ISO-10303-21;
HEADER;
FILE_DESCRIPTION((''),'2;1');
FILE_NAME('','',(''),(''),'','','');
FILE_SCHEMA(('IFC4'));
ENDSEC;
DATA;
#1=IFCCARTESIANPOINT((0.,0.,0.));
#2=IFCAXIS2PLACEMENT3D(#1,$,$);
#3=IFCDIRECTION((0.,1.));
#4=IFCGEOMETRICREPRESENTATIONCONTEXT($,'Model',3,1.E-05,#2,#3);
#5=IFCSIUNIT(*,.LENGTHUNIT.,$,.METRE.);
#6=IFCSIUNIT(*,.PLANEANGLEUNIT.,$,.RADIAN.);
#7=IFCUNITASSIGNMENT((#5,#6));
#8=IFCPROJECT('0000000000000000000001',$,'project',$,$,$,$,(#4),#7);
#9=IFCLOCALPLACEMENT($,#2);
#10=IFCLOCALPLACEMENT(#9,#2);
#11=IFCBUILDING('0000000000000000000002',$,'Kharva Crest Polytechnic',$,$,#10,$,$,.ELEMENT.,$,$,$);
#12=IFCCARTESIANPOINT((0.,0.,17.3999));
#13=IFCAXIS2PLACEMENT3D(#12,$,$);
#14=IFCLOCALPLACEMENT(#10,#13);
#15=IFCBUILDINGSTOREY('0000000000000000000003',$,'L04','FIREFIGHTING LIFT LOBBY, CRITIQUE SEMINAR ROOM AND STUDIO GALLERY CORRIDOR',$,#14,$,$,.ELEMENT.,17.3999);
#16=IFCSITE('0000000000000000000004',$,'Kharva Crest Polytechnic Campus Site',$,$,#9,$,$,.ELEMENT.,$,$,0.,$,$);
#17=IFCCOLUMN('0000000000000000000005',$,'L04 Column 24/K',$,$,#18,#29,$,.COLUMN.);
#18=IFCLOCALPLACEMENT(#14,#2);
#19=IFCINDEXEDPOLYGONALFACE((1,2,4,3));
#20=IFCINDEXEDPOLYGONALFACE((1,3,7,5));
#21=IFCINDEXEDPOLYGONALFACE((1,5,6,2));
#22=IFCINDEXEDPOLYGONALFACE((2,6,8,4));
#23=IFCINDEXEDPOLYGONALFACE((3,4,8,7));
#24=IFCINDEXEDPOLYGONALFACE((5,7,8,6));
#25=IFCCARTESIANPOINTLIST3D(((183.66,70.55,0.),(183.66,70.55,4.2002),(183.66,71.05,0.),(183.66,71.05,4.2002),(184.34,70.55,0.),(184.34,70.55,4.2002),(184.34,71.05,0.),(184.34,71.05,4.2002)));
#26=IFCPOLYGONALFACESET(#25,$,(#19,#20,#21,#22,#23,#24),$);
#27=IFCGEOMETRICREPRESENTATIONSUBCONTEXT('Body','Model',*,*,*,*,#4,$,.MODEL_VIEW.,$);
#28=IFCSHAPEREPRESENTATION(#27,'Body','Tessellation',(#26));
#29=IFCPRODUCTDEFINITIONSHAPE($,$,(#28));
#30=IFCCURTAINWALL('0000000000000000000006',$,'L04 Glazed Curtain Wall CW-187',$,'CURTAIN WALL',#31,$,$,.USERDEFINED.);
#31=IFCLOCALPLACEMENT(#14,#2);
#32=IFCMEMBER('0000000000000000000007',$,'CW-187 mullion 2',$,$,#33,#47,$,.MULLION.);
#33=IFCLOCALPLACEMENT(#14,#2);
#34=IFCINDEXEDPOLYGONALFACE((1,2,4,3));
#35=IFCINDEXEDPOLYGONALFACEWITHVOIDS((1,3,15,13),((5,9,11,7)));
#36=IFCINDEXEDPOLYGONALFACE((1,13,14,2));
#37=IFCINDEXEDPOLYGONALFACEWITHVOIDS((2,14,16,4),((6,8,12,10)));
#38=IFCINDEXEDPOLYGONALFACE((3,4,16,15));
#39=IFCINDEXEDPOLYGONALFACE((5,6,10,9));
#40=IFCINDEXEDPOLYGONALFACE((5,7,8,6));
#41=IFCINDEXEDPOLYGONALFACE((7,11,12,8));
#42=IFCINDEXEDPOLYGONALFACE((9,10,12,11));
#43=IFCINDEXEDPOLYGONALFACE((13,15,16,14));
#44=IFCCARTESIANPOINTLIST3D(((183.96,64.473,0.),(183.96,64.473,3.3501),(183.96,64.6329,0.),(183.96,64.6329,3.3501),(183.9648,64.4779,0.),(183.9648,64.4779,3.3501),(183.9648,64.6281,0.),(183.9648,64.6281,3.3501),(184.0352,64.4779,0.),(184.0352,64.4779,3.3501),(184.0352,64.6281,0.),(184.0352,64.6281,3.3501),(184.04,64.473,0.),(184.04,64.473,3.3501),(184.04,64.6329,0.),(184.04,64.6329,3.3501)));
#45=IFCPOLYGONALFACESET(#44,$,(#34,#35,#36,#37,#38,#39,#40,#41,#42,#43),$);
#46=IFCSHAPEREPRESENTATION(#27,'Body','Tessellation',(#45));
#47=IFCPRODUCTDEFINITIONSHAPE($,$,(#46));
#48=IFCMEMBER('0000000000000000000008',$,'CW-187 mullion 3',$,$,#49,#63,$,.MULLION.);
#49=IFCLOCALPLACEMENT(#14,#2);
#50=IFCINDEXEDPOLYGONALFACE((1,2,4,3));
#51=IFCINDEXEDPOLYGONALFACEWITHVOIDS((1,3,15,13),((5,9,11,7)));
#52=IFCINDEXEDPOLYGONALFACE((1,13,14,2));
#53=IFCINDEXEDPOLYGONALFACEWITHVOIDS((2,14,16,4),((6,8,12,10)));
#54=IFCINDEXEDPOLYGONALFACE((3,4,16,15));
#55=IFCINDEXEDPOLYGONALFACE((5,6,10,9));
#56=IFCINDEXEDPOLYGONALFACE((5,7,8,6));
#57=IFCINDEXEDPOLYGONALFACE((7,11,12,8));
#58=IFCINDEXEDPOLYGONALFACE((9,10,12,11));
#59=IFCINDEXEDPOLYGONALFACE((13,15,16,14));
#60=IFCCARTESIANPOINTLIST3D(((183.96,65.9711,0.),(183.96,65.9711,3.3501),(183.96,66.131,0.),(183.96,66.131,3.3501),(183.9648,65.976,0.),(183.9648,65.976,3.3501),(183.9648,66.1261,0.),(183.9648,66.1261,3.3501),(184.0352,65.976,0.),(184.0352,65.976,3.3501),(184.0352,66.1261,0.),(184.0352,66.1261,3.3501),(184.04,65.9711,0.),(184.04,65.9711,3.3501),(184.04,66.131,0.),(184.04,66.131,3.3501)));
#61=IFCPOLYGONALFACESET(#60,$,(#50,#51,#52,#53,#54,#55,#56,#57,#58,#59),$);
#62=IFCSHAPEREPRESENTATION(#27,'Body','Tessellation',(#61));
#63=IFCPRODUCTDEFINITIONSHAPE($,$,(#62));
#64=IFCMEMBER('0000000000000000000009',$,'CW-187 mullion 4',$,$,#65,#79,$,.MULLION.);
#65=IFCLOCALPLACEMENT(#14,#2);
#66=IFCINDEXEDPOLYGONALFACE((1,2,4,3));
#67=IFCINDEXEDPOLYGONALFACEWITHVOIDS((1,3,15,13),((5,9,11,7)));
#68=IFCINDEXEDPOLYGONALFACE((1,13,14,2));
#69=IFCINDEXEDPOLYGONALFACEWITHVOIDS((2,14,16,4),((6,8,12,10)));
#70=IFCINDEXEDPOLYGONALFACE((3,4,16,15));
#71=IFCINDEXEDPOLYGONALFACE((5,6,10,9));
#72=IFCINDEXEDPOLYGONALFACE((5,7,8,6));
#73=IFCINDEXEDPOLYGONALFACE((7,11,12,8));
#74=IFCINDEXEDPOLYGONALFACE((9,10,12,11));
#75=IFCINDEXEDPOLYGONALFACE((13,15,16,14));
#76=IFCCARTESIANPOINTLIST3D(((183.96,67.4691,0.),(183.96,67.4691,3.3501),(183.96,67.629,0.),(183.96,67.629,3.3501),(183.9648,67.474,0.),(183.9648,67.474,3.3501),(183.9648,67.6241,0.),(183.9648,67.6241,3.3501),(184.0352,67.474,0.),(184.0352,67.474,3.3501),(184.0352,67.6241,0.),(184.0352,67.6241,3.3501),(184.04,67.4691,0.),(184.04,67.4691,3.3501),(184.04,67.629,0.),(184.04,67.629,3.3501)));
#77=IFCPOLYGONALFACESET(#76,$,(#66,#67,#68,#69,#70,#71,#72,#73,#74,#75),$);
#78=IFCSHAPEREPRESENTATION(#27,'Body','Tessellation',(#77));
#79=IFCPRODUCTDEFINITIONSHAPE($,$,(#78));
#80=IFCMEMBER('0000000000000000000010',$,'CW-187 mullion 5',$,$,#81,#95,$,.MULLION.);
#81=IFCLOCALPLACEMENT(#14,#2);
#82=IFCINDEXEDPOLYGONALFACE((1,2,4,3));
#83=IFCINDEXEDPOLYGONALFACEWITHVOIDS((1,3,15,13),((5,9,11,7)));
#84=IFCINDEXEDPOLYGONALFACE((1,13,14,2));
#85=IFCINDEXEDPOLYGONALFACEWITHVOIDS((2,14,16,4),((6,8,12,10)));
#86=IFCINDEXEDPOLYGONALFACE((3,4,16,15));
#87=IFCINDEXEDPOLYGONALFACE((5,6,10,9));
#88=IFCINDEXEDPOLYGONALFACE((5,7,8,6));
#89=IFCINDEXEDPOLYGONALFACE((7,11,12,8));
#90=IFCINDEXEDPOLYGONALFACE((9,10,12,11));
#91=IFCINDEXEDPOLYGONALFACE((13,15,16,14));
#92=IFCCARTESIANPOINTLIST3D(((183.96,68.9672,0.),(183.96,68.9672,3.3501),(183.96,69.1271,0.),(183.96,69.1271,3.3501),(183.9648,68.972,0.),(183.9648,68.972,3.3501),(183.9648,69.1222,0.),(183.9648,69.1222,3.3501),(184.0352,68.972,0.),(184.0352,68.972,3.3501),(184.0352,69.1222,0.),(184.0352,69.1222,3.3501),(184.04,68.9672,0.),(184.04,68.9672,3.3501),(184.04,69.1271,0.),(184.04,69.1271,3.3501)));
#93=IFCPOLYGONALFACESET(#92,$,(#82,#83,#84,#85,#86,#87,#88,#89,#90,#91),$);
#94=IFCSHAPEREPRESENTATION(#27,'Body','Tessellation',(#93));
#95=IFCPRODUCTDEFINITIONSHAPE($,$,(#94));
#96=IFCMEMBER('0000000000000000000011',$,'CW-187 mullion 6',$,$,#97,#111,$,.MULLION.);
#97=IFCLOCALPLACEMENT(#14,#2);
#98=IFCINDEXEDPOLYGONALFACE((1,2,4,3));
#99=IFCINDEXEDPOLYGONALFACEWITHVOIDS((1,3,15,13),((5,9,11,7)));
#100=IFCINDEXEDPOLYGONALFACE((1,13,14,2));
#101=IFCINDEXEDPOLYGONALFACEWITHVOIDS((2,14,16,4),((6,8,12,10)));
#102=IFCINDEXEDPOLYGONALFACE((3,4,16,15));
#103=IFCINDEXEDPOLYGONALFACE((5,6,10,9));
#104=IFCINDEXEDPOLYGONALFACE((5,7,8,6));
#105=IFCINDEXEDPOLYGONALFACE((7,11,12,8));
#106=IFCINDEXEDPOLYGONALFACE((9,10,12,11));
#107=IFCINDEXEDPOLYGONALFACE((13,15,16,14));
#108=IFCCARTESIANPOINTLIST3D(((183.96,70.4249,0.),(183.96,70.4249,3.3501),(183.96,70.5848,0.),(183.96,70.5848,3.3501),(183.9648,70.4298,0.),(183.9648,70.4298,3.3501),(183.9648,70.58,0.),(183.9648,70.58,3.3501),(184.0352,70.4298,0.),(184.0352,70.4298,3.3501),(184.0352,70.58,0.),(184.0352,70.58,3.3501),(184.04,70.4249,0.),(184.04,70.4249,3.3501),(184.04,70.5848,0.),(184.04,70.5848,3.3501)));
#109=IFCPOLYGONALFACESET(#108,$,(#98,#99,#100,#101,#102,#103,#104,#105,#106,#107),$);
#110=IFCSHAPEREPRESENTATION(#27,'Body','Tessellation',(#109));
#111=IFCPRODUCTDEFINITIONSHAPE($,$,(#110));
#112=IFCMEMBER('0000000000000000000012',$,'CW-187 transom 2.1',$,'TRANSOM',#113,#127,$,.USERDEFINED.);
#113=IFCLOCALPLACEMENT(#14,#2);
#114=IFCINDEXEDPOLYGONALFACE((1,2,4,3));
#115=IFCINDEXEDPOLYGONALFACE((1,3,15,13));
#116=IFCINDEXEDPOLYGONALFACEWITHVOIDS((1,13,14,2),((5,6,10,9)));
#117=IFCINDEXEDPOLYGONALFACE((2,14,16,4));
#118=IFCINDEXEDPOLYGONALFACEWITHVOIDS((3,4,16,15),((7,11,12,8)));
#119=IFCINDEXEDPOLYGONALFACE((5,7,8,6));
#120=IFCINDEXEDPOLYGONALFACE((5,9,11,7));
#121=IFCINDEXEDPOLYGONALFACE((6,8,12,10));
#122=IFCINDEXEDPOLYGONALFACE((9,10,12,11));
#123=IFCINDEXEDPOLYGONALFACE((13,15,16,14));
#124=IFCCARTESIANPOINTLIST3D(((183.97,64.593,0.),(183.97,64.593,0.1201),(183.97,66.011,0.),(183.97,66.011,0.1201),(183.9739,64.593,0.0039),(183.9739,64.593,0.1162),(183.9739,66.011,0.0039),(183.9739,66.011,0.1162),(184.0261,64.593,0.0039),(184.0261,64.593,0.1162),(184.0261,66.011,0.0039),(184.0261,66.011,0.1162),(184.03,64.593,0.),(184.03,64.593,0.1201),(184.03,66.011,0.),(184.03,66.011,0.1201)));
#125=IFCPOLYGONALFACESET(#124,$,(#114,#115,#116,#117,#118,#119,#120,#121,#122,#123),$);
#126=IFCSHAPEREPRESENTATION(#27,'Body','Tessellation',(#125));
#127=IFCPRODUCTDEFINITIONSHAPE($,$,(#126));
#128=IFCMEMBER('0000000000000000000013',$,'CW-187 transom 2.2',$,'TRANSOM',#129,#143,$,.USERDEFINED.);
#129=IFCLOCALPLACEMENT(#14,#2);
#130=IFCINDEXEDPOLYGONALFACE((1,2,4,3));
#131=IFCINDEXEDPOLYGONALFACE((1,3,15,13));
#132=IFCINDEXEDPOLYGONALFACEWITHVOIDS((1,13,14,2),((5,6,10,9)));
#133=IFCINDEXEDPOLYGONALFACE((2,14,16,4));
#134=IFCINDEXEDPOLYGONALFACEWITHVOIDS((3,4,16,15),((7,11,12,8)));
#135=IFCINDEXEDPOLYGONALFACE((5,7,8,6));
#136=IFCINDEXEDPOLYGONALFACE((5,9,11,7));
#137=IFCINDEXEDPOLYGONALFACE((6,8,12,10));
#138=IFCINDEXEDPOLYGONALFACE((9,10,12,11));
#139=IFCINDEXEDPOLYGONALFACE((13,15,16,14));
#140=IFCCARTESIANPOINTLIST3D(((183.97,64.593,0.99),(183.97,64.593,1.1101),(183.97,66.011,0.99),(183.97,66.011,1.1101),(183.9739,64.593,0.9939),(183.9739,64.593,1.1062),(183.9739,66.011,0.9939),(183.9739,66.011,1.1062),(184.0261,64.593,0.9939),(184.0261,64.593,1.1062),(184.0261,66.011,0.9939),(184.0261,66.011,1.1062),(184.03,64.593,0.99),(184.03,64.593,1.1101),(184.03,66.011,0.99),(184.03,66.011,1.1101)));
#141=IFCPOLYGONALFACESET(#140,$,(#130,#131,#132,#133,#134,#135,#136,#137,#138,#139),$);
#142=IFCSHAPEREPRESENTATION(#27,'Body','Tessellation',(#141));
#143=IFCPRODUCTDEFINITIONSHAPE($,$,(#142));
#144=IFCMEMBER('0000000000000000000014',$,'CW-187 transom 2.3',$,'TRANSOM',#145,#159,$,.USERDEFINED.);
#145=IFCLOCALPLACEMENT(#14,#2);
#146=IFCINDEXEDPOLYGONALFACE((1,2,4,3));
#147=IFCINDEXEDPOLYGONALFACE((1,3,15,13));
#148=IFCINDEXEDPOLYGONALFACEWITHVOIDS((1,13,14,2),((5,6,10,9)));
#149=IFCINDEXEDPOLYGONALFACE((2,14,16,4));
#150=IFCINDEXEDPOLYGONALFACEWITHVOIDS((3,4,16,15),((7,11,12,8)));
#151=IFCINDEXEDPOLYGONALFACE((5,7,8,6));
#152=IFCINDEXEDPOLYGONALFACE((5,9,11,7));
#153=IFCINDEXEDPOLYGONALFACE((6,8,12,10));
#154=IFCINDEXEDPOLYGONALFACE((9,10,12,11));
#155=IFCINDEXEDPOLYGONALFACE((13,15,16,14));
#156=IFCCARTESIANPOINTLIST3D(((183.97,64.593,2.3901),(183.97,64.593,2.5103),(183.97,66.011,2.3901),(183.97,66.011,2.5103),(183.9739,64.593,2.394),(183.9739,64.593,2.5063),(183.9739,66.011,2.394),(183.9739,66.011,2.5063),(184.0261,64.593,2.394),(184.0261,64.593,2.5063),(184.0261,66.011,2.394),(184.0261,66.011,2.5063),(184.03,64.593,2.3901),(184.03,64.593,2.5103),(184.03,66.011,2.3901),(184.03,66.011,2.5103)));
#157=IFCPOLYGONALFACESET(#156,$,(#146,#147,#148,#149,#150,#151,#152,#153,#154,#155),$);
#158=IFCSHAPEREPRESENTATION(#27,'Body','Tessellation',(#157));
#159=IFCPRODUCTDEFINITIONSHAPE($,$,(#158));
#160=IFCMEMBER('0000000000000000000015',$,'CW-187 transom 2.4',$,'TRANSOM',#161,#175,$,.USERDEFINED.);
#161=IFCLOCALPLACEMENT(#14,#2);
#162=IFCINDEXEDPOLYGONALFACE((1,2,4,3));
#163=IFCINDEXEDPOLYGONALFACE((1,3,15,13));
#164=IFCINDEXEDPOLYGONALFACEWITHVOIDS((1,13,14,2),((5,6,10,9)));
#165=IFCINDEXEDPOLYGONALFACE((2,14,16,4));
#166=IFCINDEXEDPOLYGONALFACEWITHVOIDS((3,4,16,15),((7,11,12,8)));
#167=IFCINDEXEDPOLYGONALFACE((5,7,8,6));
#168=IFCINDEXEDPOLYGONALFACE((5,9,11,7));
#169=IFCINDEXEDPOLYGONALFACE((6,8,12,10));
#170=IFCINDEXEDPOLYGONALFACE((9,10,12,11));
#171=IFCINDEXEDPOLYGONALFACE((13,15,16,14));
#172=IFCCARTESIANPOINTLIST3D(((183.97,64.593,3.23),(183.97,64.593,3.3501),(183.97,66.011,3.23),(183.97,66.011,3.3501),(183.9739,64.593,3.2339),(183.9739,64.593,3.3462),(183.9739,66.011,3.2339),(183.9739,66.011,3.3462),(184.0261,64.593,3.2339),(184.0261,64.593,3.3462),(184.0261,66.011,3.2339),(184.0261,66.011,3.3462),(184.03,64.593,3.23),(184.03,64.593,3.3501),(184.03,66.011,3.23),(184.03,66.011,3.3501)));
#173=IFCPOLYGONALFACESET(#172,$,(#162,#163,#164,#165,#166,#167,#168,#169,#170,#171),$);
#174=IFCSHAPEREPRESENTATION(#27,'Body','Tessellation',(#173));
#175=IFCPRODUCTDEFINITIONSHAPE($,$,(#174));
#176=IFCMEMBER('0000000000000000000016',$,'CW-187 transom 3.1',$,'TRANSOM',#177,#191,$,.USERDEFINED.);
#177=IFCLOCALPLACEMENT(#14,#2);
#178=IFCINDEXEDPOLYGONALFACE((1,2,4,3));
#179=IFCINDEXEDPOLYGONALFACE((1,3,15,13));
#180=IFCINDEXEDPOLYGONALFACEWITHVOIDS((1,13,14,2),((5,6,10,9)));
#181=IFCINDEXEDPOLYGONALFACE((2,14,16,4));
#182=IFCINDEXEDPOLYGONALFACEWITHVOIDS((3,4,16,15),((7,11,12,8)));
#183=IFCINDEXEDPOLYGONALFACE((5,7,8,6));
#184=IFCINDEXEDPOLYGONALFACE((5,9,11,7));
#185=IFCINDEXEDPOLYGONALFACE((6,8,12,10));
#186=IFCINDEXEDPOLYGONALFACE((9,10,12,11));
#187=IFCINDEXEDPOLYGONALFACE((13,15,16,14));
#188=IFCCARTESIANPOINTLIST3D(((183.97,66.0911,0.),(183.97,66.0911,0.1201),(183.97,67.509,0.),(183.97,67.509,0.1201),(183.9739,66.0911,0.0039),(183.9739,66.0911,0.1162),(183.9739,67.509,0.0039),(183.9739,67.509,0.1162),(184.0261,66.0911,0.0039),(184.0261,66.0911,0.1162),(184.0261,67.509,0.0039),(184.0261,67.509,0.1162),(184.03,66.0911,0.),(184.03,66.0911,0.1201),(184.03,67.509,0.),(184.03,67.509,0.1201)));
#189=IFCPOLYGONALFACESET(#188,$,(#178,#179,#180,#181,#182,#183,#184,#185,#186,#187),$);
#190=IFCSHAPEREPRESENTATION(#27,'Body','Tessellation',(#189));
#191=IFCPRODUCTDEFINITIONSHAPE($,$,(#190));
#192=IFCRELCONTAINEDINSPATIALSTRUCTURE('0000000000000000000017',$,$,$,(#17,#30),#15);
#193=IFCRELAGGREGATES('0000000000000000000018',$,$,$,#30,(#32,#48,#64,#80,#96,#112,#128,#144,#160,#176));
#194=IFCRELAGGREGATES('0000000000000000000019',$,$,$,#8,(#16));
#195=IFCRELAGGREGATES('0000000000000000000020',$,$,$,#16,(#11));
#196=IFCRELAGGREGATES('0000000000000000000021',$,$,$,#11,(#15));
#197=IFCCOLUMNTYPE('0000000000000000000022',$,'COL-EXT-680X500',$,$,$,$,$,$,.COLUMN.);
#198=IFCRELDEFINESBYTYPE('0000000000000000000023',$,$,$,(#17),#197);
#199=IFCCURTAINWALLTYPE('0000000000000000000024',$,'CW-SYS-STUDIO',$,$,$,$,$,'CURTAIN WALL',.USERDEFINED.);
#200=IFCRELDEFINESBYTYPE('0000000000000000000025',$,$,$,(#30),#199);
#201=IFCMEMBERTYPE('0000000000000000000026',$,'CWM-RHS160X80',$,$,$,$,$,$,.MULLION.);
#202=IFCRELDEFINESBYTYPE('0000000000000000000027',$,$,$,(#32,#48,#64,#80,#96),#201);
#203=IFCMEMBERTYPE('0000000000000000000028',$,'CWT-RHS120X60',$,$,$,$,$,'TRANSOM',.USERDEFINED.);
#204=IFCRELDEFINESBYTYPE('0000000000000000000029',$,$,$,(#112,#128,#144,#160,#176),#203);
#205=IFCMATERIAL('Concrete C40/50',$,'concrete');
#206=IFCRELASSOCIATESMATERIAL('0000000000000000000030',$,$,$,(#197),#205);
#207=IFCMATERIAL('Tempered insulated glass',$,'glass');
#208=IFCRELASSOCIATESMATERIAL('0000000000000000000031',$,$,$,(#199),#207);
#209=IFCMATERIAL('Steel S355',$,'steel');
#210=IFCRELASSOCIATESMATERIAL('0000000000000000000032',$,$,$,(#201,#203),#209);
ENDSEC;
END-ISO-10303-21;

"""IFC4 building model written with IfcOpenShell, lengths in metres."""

from ifc_helpers import new_model, si_unit, direction, frame, origin, origin_2d, place, context, subcontext, project, spatial, rectangle, hollow_rectangle, extrude, material, material_profile, profile_set, type_object, element, aggregate, save


model = new_model("IFC4")

# Units and contexts
model_context = context("Model", 3, precision=1e-05, world=origin(), true_north=direction((0.0, 1.0)))
body_context = subcontext(model_context, "Body", "Model", "MODEL_VIEW")
ifc_project = project(units=[si_unit("LENGTHUNIT", "METRE"), si_unit("PLANEANGLEUNIT", "RADIAN")], contexts=[model_context])

# Site, building, storey
site_placement = place(None, origin())
site = spatial("IfcSite", under=ifc_project, at=site_placement, Name="Kharva Crest Polytechnic Campus Site", CompositionType="ELEMENT", RefElevation=0.0)
building_placement = place(site_placement, origin())
building = spatial("IfcBuilding", under=site, at=building_placement, Name="Kharva Crest Polytechnic", CompositionType="ELEMENT")
storey_placement = place(building_placement, frame((0.0, 0.0, 17.3999)))
storey = spatial("IfcBuildingStorey", under=building, at=storey_placement, Name="L04", Description="FIREFIGHTING LIFT LOBBY, CRITIQUE SEMINAR ROOM AND STUDIO GALLERY CORRIDOR", CompositionType="ELEMENT", Elevation=17.3999)

# Column
ifc_material_1 = material(Name="Concrete C40/50", Category="concrete")
ifc_material_profile_1 = material_profile(ifc_material_1, rectangle(XDim=0.6799, YDim=0.5, at=origin_2d()), Name="RECT 680 X 500")
ifc_profile_set_1 = profile_set([ifc_material_profile_1], Name="Concrete C40/50")
column_type = type_object("IfcColumnType", Name="COL-EXT-680X500", PredefinedType="COLUMN", material=ifc_profile_set_1)
column_placement = place(storey_placement, frame((184.0, 70.8, 0.0), z_axis=(0.0, 0.0, 1.0), x_axis=(1.0, 0.0, 0.0)))
element("IfcColumn", 1, at=column_placement, inside=storey, type_object=column_type, Name="L04 Column 24/K", PredefinedType="COLUMN", context=body_context, shape_type="SweptSolid", body=[
    extrude(rectangle(XDim=0.6799, YDim=0.5, at=origin_2d()), origin(), (0.0, 0.0, 1.0), 4.2002),
])

# Curtain wall, members
ifc_material_2 = material(Name="Tempered insulated glass", Category="glass")
curtain_wall_type = type_object("IfcCurtainWallType", Name="CW-SYS-STUDIO", ElementType="CURTAIN WALL", PredefinedType="USERDEFINED", material=ifc_material_2)
curtain_wall_placement = place(storey_placement, origin())
curtain_wall = element("IfcCurtainWall", 2, at=curtain_wall_placement, inside=storey, type_object=curtain_wall_type, Name="L04 Glazed Curtain Wall CW-187", ObjectType="CURTAIN WALL", PredefinedType="USERDEFINED")
ifc_material_3 = material(Name="Steel S355", Category="steel")
ifc_material_profile_2 = material_profile(ifc_material_3, hollow_rectangle(XDim=0.0801, YDim=0.1599, WallThickness=0.0049, at=origin_2d()), Name="RHS 160X80X5.0")
ifc_profile_set_2 = profile_set([ifc_material_profile_2], Name="Steel S355")
member_type_1 = type_object("IfcMemberType", Name="CWM-RHS160X80", PredefinedType="MULLION", material=ifc_profile_set_2)
member_1_placement = place(storey_placement, frame((184.0, 64.553, 0.0), z_axis=(0.0, 0.0, 1.0), x_axis=(-1.0, 0.0, 0.0)))
member_1 = element("IfcMember", 3, at=member_1_placement, type_object=member_type_1, Name="CW-187 mullion 2", PredefinedType="MULLION", context=body_context, shape_type="SweptSolid", body=[
    extrude(hollow_rectangle(XDim=0.0801, YDim=0.1599, WallThickness=0.0049, at=origin_2d()), origin(), (0.0, 0.0, 1.0), 3.3501),
])
member_2_placement = place(storey_placement, frame((184.0, 66.051, 0.0), z_axis=(0.0, 0.0, 1.0), x_axis=(-1.0, 0.0, 0.0)))
member_2 = element("IfcMember", 4, at=member_2_placement, type_object=member_type_1, Name="CW-187 mullion 3", PredefinedType="MULLION", context=body_context, shape_type="SweptSolid", body=[
    extrude(hollow_rectangle(XDim=0.0801, YDim=0.1599, WallThickness=0.0049, at=origin_2d()), origin(), (0.0, 0.0, 1.0), 3.3501),
])
member_3_placement = place(storey_placement, frame((184.0, 67.5491, 0.0), z_axis=(0.0, 0.0, 1.0), x_axis=(-1.0, 0.0, 0.0)))
member_3 = element("IfcMember", 5, at=member_3_placement, type_object=member_type_1, Name="CW-187 mullion 4", PredefinedType="MULLION", context=body_context, shape_type="SweptSolid", body=[
    extrude(hollow_rectangle(XDim=0.0801, YDim=0.1599, WallThickness=0.0049, at=origin_2d()), origin(), (0.0, 0.0, 1.0), 3.3501),
])
member_4_placement = place(storey_placement, frame((184.0, 69.0471, 0.0), z_axis=(0.0, 0.0, 1.0), x_axis=(-1.0, 0.0, 0.0)))
member_4 = element("IfcMember", 6, at=member_4_placement, type_object=member_type_1, Name="CW-187 mullion 5", PredefinedType="MULLION", context=body_context, shape_type="SweptSolid", body=[
    extrude(hollow_rectangle(XDim=0.0801, YDim=0.1599, WallThickness=0.0049, at=origin_2d()), origin(), (0.0, 0.0, 1.0), 3.3501),
])
member_5_placement = place(storey_placement, frame((184.0, 70.5049, 0.0), z_axis=(0.0, 0.0, 1.0), x_axis=(-1.0, 0.0, 0.0)))
member_5 = element("IfcMember", 7, at=member_5_placement, type_object=member_type_1, Name="CW-187 mullion 6", PredefinedType="MULLION", context=body_context, shape_type="SweptSolid", body=[
    extrude(hollow_rectangle(XDim=0.0801, YDim=0.1599, WallThickness=0.0049, at=origin_2d()), origin(), (0.0, 0.0, 1.0), 3.3501),
])
ifc_material_profile_3 = material_profile(ifc_material_3, hollow_rectangle(XDim=0.0601, YDim=0.1201, WallThickness=0.0039, at=origin_2d()), Name="RHS 120X60X4.0")
ifc_profile_set_3 = profile_set([ifc_material_profile_3], Name="Steel S355")
member_type_2 = type_object("IfcMemberType", Name="CWT-RHS120X60", ElementType="TRANSOM", PredefinedType="USERDEFINED", material=ifc_profile_set_3)
member_6_placement = place(storey_placement, frame((184.0, 64.593, 0.0601), z_axis=(0.0, 1.0, 0.0), x_axis=(-1.0, 0.0, 0.0)))
member_6 = element("IfcMember", 8, at=member_6_placement, type_object=member_type_2, Name="CW-187 transom 2.1", ObjectType="TRANSOM", PredefinedType="USERDEFINED", context=body_context, shape_type="SweptSolid", body=[
    extrude(hollow_rectangle(XDim=0.0601, YDim=0.1201, WallThickness=0.0039, at=origin_2d()), origin(), (0.0, 0.0, 1.0), 1.418),
])
member_7_placement = place(storey_placement, frame((184.0, 64.593, 1.05), z_axis=(0.0, 1.0, 0.0), x_axis=(-1.0, 0.0, 0.0)))
member_7 = element("IfcMember", 9, at=member_7_placement, type_object=member_type_2, Name="CW-187 transom 2.2", ObjectType="TRANSOM", PredefinedType="USERDEFINED", context=body_context, shape_type="SweptSolid", body=[
    extrude(hollow_rectangle(XDim=0.0601, YDim=0.1201, WallThickness=0.0039, at=origin_2d()), origin(), (0.0, 0.0, 1.0), 1.418),
])
member_8_placement = place(storey_placement, frame((184.0, 64.593, 2.4502), z_axis=(0.0, 1.0, 0.0), x_axis=(-1.0, 0.0, 0.0)))
member_8 = element("IfcMember", 10, at=member_8_placement, type_object=member_type_2, Name="CW-187 transom 2.3", ObjectType="TRANSOM", PredefinedType="USERDEFINED", context=body_context, shape_type="SweptSolid", body=[
    extrude(hollow_rectangle(XDim=0.0601, YDim=0.1201, WallThickness=0.0039, at=origin_2d()), origin(), (0.0, 0.0, 1.0), 1.418),
])
member_9_placement = place(storey_placement, frame((184.0, 64.593, 3.29), z_axis=(0.0, 1.0, 0.0), x_axis=(-1.0, 0.0, 0.0)))
member_9 = element("IfcMember", 11, at=member_9_placement, type_object=member_type_2, Name="CW-187 transom 2.4", ObjectType="TRANSOM", PredefinedType="USERDEFINED", context=body_context, shape_type="SweptSolid", body=[
    extrude(hollow_rectangle(XDim=0.0601, YDim=0.1201, WallThickness=0.0039, at=origin_2d()), origin(), (0.0, 0.0, 1.0), 1.418),
])
member_10_placement = place(storey_placement, frame((184.0, 66.0911, 0.0601), z_axis=(0.0, 1.0, 0.0), x_axis=(-1.0, 0.0, 0.0)))
member_10 = element("IfcMember", 12, at=member_10_placement, type_object=member_type_2, Name="CW-187 transom 3.1", ObjectType="TRANSOM", PredefinedType="USERDEFINED", context=body_context, shape_type="SweptSolid", body=[
    extrude(hollow_rectangle(XDim=0.0601, YDim=0.1201, WallThickness=0.0039, at=origin_2d()), origin(), (0.0, 0.0, 1.0), 1.418),
])
aggregate(curtain_wall, [member_1, member_2, member_3, member_4, member_5, member_6, member_7, member_8, member_9, member_10])

save(model, "model.ifc")
